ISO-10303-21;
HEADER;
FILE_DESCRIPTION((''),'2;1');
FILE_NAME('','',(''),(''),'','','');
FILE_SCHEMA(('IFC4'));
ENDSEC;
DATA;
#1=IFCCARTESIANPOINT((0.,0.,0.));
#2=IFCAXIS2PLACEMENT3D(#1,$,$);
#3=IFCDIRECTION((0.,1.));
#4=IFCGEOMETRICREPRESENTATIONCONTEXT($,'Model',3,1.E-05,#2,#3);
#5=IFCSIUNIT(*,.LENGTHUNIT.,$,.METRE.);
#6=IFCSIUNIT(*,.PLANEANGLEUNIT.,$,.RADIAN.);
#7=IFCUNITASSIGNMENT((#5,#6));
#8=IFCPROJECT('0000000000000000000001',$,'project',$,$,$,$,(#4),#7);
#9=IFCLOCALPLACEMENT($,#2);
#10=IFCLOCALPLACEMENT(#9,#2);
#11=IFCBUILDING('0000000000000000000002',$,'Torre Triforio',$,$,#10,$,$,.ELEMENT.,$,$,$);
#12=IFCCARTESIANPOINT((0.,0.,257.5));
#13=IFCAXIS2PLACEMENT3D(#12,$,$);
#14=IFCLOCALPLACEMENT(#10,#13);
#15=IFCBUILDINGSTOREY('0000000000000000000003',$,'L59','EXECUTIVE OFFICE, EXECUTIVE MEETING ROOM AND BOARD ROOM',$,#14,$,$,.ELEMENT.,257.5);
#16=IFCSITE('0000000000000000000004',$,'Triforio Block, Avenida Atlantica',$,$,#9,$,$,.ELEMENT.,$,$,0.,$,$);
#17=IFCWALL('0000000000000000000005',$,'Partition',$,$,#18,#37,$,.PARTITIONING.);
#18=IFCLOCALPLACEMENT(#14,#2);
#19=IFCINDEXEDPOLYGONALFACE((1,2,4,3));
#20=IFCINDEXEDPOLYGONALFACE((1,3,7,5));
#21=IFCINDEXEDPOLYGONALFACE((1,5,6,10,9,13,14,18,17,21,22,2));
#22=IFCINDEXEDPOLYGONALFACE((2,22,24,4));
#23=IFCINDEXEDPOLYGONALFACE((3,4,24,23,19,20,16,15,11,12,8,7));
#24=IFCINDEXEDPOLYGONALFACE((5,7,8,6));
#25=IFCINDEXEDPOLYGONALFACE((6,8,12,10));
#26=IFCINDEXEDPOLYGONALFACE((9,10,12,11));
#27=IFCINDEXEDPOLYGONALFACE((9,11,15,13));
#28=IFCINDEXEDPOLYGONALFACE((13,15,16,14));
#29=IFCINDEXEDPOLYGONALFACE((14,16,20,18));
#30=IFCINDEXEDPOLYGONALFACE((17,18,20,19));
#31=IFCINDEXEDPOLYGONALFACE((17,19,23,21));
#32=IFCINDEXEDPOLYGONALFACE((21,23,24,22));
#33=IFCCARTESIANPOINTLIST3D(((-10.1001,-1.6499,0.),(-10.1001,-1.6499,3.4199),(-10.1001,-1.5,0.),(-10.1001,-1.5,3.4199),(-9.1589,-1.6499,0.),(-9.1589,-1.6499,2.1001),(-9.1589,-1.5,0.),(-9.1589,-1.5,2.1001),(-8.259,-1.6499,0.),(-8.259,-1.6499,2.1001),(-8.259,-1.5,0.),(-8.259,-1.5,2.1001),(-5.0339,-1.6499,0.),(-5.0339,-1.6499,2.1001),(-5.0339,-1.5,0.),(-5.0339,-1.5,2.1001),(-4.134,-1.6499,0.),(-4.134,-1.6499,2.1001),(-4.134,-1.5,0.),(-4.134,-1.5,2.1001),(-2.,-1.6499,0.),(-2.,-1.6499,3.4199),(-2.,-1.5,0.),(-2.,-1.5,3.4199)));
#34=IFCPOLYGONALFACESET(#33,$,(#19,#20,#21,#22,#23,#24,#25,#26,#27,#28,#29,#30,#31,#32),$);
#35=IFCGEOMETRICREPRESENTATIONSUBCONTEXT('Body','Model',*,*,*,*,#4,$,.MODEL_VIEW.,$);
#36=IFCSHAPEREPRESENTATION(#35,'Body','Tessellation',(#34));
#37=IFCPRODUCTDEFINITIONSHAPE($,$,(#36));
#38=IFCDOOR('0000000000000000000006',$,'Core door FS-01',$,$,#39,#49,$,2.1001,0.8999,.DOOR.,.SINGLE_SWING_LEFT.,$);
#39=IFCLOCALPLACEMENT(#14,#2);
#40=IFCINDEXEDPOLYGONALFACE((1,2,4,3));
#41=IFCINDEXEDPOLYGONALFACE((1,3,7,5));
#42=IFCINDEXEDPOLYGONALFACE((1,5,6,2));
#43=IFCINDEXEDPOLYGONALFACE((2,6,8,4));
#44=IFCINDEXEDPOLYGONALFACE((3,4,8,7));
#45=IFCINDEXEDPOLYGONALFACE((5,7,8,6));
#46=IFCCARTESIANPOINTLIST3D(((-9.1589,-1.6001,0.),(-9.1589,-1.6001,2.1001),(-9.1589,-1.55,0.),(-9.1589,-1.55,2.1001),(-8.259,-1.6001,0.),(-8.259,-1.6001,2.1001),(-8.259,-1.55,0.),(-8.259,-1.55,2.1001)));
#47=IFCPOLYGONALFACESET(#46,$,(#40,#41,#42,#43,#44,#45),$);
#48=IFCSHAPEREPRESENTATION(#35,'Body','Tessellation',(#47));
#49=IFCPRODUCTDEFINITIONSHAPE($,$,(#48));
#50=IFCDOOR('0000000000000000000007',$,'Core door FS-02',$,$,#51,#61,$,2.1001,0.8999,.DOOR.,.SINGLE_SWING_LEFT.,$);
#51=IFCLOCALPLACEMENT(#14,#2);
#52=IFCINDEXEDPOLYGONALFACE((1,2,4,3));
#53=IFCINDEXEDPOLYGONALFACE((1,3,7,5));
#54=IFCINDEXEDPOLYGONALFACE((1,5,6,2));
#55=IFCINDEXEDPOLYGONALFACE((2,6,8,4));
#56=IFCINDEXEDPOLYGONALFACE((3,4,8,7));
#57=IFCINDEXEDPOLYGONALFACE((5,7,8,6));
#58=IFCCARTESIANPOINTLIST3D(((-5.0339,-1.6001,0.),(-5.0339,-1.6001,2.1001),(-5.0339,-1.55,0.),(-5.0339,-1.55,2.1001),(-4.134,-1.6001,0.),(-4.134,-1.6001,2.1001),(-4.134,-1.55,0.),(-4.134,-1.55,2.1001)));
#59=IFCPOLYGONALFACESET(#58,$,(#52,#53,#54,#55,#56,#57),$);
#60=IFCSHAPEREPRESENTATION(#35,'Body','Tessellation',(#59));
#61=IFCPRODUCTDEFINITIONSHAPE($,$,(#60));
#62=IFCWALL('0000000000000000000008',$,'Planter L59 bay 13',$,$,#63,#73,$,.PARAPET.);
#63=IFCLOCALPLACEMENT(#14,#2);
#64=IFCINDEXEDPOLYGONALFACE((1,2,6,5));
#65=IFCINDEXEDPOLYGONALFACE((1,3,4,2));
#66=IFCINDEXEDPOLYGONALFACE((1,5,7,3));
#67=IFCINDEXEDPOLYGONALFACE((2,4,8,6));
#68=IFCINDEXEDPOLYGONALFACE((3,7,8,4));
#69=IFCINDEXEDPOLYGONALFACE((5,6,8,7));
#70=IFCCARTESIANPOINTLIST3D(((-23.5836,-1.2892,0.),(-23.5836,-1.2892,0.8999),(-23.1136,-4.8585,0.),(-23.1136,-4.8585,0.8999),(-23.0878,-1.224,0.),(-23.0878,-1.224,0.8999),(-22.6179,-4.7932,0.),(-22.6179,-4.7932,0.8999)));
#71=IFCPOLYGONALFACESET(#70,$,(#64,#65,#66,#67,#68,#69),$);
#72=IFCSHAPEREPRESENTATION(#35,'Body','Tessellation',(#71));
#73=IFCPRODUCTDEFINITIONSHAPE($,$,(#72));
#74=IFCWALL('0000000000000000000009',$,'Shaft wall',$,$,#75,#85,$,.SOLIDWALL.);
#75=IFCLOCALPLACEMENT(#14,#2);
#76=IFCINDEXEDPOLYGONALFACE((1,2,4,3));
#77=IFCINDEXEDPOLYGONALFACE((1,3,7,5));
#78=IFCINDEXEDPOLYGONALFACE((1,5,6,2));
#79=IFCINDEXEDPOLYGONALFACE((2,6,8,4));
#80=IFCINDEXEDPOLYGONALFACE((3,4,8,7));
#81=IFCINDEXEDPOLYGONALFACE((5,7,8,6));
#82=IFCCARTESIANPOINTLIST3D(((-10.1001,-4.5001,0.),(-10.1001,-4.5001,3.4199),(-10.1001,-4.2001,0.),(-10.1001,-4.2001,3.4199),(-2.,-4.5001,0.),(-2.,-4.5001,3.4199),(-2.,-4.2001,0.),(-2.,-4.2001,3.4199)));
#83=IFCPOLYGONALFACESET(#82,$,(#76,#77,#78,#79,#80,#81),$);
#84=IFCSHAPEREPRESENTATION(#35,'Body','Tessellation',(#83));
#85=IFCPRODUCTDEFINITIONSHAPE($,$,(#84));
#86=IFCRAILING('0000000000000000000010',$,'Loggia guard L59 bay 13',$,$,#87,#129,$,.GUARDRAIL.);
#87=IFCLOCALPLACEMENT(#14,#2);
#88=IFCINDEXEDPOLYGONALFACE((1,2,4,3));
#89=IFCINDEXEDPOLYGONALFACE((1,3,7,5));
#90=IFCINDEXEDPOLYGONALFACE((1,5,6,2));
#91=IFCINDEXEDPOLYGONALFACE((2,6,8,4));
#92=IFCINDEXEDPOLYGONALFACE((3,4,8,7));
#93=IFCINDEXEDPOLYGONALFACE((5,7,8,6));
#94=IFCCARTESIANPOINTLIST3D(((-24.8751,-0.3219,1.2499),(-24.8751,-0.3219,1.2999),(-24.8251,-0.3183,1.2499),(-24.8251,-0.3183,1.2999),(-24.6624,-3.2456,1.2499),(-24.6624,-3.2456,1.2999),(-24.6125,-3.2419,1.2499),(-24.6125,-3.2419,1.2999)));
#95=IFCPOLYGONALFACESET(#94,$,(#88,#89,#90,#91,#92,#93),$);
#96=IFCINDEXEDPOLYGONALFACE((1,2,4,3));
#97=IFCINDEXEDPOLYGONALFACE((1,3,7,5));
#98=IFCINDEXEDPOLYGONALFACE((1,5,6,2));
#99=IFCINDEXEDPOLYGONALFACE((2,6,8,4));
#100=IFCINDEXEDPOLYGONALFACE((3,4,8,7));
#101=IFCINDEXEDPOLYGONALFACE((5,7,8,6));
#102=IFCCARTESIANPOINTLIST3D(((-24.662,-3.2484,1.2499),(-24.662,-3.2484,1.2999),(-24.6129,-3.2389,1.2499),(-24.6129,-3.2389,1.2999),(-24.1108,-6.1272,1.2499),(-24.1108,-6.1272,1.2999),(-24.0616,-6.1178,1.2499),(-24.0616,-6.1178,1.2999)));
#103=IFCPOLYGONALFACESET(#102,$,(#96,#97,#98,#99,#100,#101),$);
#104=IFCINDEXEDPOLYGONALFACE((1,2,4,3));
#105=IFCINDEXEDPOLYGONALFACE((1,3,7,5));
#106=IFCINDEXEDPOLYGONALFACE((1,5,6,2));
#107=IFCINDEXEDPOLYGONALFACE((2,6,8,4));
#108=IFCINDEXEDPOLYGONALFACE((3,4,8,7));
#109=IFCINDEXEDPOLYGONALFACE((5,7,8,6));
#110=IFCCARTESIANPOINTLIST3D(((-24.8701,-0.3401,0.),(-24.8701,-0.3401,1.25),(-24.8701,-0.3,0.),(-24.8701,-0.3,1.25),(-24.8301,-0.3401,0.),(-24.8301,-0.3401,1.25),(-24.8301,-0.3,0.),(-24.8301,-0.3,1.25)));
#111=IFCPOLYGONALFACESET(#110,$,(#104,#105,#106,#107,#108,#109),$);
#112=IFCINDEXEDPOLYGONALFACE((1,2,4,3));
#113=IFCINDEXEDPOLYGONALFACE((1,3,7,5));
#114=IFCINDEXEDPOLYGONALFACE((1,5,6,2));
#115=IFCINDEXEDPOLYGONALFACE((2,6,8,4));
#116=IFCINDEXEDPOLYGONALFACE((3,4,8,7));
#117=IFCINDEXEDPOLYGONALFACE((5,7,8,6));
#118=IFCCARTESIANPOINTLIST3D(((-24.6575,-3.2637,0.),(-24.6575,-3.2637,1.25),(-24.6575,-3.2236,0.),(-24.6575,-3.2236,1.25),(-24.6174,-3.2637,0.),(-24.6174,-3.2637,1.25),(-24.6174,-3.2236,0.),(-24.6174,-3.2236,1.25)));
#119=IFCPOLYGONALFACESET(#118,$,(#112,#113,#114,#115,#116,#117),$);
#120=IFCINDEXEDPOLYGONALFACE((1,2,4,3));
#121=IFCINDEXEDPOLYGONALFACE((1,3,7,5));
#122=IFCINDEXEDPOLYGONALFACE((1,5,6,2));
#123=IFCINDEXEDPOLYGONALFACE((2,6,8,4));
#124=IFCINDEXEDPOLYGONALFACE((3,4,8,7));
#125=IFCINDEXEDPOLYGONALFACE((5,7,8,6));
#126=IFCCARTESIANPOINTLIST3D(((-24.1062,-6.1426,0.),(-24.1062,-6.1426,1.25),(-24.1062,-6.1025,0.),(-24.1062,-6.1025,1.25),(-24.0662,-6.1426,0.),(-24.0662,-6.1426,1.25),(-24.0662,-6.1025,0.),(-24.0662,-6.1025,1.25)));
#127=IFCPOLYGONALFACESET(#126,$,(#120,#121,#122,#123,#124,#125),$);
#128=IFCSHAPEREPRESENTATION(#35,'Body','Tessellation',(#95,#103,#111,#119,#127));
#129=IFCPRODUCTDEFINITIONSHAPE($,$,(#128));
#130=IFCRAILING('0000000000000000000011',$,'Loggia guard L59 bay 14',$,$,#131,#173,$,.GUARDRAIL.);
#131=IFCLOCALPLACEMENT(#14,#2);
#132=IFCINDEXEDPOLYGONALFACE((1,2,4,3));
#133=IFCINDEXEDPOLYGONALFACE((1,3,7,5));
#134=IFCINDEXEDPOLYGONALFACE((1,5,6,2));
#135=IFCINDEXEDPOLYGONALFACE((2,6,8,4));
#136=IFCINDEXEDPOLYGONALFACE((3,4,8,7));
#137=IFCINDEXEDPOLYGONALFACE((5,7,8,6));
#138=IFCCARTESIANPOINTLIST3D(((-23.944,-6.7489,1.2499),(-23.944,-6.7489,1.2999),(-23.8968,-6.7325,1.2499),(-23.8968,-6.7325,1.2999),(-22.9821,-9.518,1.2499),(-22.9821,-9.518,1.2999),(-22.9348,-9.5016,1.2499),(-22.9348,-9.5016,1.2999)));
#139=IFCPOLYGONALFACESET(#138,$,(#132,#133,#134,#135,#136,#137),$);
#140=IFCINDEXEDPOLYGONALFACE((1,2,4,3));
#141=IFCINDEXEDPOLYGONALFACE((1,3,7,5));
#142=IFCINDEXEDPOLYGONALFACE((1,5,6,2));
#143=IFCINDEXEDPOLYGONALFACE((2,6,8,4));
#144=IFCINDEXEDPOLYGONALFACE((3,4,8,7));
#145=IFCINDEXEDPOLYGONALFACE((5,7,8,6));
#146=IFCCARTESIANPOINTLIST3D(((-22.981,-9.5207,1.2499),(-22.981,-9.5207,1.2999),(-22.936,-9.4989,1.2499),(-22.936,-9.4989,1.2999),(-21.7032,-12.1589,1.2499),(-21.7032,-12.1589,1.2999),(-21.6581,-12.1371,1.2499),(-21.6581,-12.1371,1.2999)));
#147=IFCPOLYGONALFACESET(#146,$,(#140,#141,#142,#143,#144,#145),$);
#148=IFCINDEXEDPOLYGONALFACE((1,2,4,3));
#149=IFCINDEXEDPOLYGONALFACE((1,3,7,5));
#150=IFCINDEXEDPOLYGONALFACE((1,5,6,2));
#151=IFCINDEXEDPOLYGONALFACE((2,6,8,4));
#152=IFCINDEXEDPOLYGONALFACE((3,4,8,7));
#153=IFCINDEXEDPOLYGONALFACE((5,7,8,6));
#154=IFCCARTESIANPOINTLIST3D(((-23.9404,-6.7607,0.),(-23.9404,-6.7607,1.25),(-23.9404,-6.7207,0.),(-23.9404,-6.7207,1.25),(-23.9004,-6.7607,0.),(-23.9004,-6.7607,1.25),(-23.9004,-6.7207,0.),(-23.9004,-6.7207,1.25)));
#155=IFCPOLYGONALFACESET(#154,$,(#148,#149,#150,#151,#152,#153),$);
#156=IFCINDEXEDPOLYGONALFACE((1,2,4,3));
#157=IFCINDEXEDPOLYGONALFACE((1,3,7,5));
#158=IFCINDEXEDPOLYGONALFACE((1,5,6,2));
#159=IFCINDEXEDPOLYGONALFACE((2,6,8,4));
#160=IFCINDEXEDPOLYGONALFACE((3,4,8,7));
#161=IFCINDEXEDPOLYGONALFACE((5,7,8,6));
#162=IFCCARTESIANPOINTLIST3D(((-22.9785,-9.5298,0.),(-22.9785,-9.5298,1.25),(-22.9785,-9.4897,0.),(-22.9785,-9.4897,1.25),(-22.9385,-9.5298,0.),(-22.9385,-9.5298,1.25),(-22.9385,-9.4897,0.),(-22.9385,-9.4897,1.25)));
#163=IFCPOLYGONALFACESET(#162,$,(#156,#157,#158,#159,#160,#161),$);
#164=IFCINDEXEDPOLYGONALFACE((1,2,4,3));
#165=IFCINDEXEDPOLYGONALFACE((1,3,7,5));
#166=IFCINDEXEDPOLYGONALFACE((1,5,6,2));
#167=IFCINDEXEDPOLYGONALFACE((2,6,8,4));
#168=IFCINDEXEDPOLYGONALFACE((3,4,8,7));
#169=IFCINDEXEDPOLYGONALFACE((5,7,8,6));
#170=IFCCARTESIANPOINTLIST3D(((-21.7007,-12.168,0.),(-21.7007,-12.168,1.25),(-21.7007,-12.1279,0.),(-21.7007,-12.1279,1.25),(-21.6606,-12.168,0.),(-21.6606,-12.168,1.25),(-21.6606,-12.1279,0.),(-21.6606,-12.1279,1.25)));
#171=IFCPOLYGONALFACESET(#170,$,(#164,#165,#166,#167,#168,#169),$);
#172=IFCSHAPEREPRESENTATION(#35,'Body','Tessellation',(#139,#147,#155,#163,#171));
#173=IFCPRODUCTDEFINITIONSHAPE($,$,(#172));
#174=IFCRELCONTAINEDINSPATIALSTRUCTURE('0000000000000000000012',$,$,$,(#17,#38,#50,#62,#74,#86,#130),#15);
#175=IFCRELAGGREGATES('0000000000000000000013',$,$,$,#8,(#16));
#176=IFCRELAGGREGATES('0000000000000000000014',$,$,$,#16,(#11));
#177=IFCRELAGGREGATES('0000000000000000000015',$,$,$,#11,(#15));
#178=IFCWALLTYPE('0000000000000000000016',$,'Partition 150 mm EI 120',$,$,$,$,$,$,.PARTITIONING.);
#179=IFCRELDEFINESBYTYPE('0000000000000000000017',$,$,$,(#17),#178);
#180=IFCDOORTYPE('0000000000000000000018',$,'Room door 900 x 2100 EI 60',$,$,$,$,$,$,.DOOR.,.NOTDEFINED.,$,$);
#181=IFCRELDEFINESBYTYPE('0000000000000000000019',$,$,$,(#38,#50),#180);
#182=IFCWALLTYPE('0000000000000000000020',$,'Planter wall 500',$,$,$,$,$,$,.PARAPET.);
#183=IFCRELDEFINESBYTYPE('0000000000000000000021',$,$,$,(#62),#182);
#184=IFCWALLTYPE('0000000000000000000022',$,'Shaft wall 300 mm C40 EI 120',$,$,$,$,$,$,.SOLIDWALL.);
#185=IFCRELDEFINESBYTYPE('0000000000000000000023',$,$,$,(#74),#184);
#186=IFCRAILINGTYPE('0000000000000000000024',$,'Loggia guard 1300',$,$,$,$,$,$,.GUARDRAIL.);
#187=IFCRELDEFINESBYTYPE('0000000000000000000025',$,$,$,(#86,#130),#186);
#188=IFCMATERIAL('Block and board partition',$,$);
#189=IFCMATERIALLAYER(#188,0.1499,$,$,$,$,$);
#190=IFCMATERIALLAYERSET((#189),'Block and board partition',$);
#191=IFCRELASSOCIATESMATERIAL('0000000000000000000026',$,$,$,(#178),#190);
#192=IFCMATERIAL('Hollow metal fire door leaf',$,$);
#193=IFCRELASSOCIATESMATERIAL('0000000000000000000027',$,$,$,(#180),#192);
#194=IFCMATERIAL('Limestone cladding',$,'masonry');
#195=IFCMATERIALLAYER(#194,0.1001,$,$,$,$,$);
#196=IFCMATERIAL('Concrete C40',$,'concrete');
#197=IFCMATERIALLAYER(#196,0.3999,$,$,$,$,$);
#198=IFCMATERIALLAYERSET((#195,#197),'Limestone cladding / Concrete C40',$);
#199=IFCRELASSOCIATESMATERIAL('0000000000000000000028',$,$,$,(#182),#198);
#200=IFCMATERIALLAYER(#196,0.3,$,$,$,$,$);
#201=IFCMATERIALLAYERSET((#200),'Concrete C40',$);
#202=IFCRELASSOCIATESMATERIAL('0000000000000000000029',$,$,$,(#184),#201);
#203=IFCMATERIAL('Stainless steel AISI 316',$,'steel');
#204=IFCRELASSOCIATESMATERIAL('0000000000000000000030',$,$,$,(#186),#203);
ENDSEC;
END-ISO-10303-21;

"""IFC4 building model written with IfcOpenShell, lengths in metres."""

from ifc_helpers import new_model, si_unit, direction, frame, frame_2d, origin, origin_2d, place, context, subcontext, project, spatial, rectangle, extrude, material, layer, layer_set, type_object, element, fill, save


model = new_model("IFC4")

# Units and contexts
model_context = context("Model", 3, precision=1e-05, world=origin(), true_north=direction((0.0, 1.0)))
body_context = subcontext(model_context, "Body", "Model", "MODEL_VIEW")
ifc_project = project(units=[si_unit("LENGTHUNIT", "METRE"), si_unit("PLANEANGLEUNIT", "RADIAN")], contexts=[model_context])

# Site, building, storey
site_placement = place(None, origin())
site = spatial("IfcSite", under=ifc_project, at=site_placement, Name="Triforio Block, Avenida Atlantica", CompositionType="ELEMENT", RefElevation=0.0)
building_placement = place(site_placement, origin())
building = spatial("IfcBuilding", under=site, at=building_placement, Name="Torre Triforio", CompositionType="ELEMENT")
storey_placement = place(building_placement, frame((0.0, 0.0, 257.5)))
storey = spatial("IfcBuildingStorey", under=building, at=storey_placement, Name="L59", Description="EXECUTIVE OFFICE, EXECUTIVE MEETING ROOM AND BOARD ROOM", CompositionType="ELEMENT", Elevation=257.5)

# Shared definitions
ifc_material_1 = material(Name="Concrete C40", Category="concrete")

# Shared definitions
ifc_material_2 = material(Name="Hollow metal fire door leaf")

# Wall, openings, doors
ifc_material_3 = material(Name="Block and board partition")
ifc_layer_1 = layer(ifc_material_3, 0.1499)
ifc_layer_set_1 = layer_set([ifc_layer_1], Name="Block and board partition")
wall_type_1 = type_object("IfcWallType", Name="Partition 150 mm EI 120", PredefinedType="PARTITIONING", material=ifc_layer_set_1)
wall_1_placement = place(storey_placement, frame((-10.1001, -1.575, 0.0), z_axis=(0.0, 0.0, 1.0), x_axis=(1.0, 0.0, 0.0)))
wall_1 = element("IfcWall", 1, at=wall_1_placement, inside=storey, type_object=wall_type_1, Name="Partition", PredefinedType="PARTITIONING", context=body_context, shape_type="SweptSolid", body=[
    extrude(rectangle(XDim=8.1001, YDim=0.1499, at=frame_2d((4.05, 0.0))), origin(), (0.0, 0.0, 1.0), 3.4199),
])
opening_1_placement = place(wall_1_placement, frame((0.9412, 0.0, 0.0)))
opening_1 = element("IfcOpeningElement", 2, at=opening_1_placement, cuts=wall_1, PredefinedType="OPENING", context=body_context, shape_type="SweptSolid", body=[
    extrude(rectangle(XDim=0.8999, YDim=2.1001, at=frame_2d((0.45, 1.05))), frame((0.0, 0.085, 0.0), z_axis=(0.0, -1.0, 0.0), x_axis=(1.0, 0.0, 0.0)), (0.0, 0.0, 1.0), 0.1699),
])
opening_2_placement = place(wall_1_placement, frame((5.0662, 0.0, 0.0)))
opening_2 = element("IfcOpeningElement", 3, at=opening_2_placement, cuts=wall_1, PredefinedType="OPENING", context=body_context, shape_type="SweptSolid", body=[
    extrude(rectangle(XDim=0.8999, YDim=2.1001, at=frame_2d((0.45, 1.05))), frame((0.0, 0.085, 0.0), z_axis=(0.0, -1.0, 0.0), x_axis=(1.0, 0.0, 0.0)), (0.0, 0.0, 1.0), 0.1699),
])
door_type_1 = type_object("IfcDoorType", Name="Room door 900 x 2100 EI 60", OperationType="NOTDEFINED", PredefinedType="DOOR", material=ifc_material_2)
door_1_placement = place(opening_1_placement, origin())
door_1 = element("IfcDoor", 4, at=door_1_placement, inside=storey, type_object=door_type_1, Name="Core door FS-01", OperationType="SINGLE_SWING_LEFT", OverallHeight=2.1001, OverallWidth=0.8999, PredefinedType="DOOR", context=body_context, shape_type="SweptSolid", body=[
    extrude(rectangle(XDim=0.8999, YDim=2.1001, at=frame_2d((0.45, 1.05))), frame((0.0, 0.0249, 0.0), z_axis=(0.0, -1.0, 0.0), x_axis=(1.0, 0.0, 0.0)), (0.0, 0.0, 1.0), 0.05),
])
fill(opening_1, door_1)
door_2_placement = place(opening_2_placement, origin())
door_2 = element("IfcDoor", 5, at=door_2_placement, inside=storey, type_object=door_type_1, Name="Core door FS-02", OperationType="SINGLE_SWING_LEFT", OverallHeight=2.1001, OverallWidth=0.8999, PredefinedType="DOOR", context=body_context, shape_type="SweptSolid", body=[
    extrude(rectangle(XDim=0.8999, YDim=2.1001, at=frame_2d((0.45, 1.05))), frame((0.0, 0.0249, 0.0), z_axis=(0.0, -1.0, 0.0), x_axis=(1.0, 0.0, 0.0)), (0.0, 0.0, 1.0), 0.05),
])
fill(opening_2, door_2)

# Walls
ifc_material_4 = material(Name="Limestone cladding", Category="masonry")
ifc_layer_2 = layer(ifc_material_4, 0.1001)
ifc_layer_3 = layer(ifc_material_1, 0.3999)
ifc_layer_set_2 = layer_set([ifc_layer_2, ifc_layer_3], Name="Limestone cladding / Concrete C40")
wall_type_2 = type_object("IfcWallType", Name="Planter wall 500", PredefinedType="PARAPET", material=ifc_layer_set_2)
wall_2_placement = place(storey_placement, frame((-23.3357, -1.2566, 0.0), z_axis=(0.0, 0.0, 1.0), x_axis=(0.130542, -0.991443, 0.0)))
element("IfcWall", 6, at=wall_2_placement, inside=storey, type_object=wall_type_2, Name="Planter L59 bay 13", PredefinedType="PARAPET", context=body_context, shape_type="SweptSolid", body=[
    extrude(rectangle(XDim=3.6001, YDim=0.5, at=frame_2d((1.8, 0.0))), origin(), (0.0, 0.0, 1.0), 0.8999),
])
ifc_layer_4 = layer(ifc_material_1, 0.3)
ifc_layer_set_3 = layer_set([ifc_layer_4], Name="Concrete C40")
wall_type_3 = type_object("IfcWallType", Name="Shaft wall 300 mm C40 EI 120", PredefinedType="SOLIDWALL", material=ifc_layer_set_3)
wall_3_placement = place(storey_placement, frame((-10.1001, -4.3501, 0.0), z_axis=(0.0, 0.0, 1.0), x_axis=(1.0, 0.0, 0.0)))
element("IfcWall", 7, at=wall_3_placement, inside=storey, type_object=wall_type_3, Name="Shaft wall", PredefinedType="SOLIDWALL", context=body_context, shape_type="SweptSolid", body=[
    extrude(rectangle(XDim=8.1001, YDim=0.3, at=frame_2d((4.05, 0.0))), origin(), (0.0, 0.0, 1.0), 3.4199),
])

# Railings
ifc_material_5 = material(Name="Stainless steel AISI 316", Category="steel")
railing_type = type_object("IfcRailingType", Name="Loggia guard 1300", PredefinedType="GUARDRAIL", material=ifc_material_5)
railing_1_placement = place(storey_placement, frame((-24.8501, -0.3201, 0.0)))
element("IfcRailing", 8, at=railing_1_placement, inside=storey, type_object=railing_type, Name="Loggia guard L59 bay 13", PredefinedType="GUARDRAIL", context=body_context, shape_type="SweptSolid", body=[
    extrude(rectangle(XDim=0.05, YDim=0.05, at=origin_2d()), frame((0.0, 0.0, 1.2749), z_axis=(0.072543, -0.997365, 0.0), x_axis=(0.997365, 0.072543, 0.0)), (0.0, 0.0, 1.0), 2.9314),
    extrude(rectangle(XDim=0.05, YDim=0.05, at=origin_2d()), frame((0.2126, -2.9236, 1.2749), z_axis=(0.188069, -0.982156, 0.0), x_axis=(0.982156, 0.188069, 0.0)), (0.0, 0.0, 1.0), 2.9312),
    extrude(rectangle(XDim=0.04, YDim=0.04, at=origin_2d()), origin(), (0.0, 0.0, 1.0), 1.25),
    extrude(rectangle(XDim=0.04, YDim=0.04, at=origin_2d()), frame((0.2126, -2.9236, 0.0)), (0.0, 0.0, 1.0), 1.25),
    extrude(rectangle(XDim=0.04, YDim=0.04, at=origin_2d()), frame((0.7639, -5.8025, 0.0)), (0.0, 0.0, 1.0), 1.25),
])
railing_2_placement = place(storey_placement, frame((-23.9204, -6.7407, 0.0)))
element("IfcRailing", 9, at=railing_2_placement, inside=storey, type_object=railing_type, Name="Loggia guard L59 bay 14", PredefinedType="GUARDRAIL", context=body_context, shape_type="SweptSolid", body=[
    extrude(rectangle(XDim=0.05, YDim=0.05, at=origin_2d()), frame((0.0, 0.0, 1.2749), z_axis=(0.328146, -0.944627, 0.0), x_axis=(0.944627, 0.328146, 0.0)), (0.0, 0.0, 1.0), 2.9314),
    extrude(rectangle(XDim=0.05, YDim=0.05, at=origin_2d()), frame((0.9619, -2.769, 1.2749), z_axis=(0.435918, -0.899986, 0.0), x_axis=(0.899986, 0.435918, 0.0)), (0.0, 0.0, 1.0), 2.9314),
    extrude(rectangle(XDim=0.04, YDim=0.04, at=origin_2d()), origin(), (0.0, 0.0, 1.0), 1.25),
    extrude(rectangle(XDim=0.04, YDim=0.04, at=origin_2d()), frame((0.9619, -2.769, 0.0)), (0.0, 0.0, 1.0), 1.25),
    extrude(rectangle(XDim=0.04, YDim=0.04, at=origin_2d()), frame((2.2397, -5.4072, 0.0)), (0.0, 0.0, 1.0), 1.25),
])

save(model, "model.ifc")
